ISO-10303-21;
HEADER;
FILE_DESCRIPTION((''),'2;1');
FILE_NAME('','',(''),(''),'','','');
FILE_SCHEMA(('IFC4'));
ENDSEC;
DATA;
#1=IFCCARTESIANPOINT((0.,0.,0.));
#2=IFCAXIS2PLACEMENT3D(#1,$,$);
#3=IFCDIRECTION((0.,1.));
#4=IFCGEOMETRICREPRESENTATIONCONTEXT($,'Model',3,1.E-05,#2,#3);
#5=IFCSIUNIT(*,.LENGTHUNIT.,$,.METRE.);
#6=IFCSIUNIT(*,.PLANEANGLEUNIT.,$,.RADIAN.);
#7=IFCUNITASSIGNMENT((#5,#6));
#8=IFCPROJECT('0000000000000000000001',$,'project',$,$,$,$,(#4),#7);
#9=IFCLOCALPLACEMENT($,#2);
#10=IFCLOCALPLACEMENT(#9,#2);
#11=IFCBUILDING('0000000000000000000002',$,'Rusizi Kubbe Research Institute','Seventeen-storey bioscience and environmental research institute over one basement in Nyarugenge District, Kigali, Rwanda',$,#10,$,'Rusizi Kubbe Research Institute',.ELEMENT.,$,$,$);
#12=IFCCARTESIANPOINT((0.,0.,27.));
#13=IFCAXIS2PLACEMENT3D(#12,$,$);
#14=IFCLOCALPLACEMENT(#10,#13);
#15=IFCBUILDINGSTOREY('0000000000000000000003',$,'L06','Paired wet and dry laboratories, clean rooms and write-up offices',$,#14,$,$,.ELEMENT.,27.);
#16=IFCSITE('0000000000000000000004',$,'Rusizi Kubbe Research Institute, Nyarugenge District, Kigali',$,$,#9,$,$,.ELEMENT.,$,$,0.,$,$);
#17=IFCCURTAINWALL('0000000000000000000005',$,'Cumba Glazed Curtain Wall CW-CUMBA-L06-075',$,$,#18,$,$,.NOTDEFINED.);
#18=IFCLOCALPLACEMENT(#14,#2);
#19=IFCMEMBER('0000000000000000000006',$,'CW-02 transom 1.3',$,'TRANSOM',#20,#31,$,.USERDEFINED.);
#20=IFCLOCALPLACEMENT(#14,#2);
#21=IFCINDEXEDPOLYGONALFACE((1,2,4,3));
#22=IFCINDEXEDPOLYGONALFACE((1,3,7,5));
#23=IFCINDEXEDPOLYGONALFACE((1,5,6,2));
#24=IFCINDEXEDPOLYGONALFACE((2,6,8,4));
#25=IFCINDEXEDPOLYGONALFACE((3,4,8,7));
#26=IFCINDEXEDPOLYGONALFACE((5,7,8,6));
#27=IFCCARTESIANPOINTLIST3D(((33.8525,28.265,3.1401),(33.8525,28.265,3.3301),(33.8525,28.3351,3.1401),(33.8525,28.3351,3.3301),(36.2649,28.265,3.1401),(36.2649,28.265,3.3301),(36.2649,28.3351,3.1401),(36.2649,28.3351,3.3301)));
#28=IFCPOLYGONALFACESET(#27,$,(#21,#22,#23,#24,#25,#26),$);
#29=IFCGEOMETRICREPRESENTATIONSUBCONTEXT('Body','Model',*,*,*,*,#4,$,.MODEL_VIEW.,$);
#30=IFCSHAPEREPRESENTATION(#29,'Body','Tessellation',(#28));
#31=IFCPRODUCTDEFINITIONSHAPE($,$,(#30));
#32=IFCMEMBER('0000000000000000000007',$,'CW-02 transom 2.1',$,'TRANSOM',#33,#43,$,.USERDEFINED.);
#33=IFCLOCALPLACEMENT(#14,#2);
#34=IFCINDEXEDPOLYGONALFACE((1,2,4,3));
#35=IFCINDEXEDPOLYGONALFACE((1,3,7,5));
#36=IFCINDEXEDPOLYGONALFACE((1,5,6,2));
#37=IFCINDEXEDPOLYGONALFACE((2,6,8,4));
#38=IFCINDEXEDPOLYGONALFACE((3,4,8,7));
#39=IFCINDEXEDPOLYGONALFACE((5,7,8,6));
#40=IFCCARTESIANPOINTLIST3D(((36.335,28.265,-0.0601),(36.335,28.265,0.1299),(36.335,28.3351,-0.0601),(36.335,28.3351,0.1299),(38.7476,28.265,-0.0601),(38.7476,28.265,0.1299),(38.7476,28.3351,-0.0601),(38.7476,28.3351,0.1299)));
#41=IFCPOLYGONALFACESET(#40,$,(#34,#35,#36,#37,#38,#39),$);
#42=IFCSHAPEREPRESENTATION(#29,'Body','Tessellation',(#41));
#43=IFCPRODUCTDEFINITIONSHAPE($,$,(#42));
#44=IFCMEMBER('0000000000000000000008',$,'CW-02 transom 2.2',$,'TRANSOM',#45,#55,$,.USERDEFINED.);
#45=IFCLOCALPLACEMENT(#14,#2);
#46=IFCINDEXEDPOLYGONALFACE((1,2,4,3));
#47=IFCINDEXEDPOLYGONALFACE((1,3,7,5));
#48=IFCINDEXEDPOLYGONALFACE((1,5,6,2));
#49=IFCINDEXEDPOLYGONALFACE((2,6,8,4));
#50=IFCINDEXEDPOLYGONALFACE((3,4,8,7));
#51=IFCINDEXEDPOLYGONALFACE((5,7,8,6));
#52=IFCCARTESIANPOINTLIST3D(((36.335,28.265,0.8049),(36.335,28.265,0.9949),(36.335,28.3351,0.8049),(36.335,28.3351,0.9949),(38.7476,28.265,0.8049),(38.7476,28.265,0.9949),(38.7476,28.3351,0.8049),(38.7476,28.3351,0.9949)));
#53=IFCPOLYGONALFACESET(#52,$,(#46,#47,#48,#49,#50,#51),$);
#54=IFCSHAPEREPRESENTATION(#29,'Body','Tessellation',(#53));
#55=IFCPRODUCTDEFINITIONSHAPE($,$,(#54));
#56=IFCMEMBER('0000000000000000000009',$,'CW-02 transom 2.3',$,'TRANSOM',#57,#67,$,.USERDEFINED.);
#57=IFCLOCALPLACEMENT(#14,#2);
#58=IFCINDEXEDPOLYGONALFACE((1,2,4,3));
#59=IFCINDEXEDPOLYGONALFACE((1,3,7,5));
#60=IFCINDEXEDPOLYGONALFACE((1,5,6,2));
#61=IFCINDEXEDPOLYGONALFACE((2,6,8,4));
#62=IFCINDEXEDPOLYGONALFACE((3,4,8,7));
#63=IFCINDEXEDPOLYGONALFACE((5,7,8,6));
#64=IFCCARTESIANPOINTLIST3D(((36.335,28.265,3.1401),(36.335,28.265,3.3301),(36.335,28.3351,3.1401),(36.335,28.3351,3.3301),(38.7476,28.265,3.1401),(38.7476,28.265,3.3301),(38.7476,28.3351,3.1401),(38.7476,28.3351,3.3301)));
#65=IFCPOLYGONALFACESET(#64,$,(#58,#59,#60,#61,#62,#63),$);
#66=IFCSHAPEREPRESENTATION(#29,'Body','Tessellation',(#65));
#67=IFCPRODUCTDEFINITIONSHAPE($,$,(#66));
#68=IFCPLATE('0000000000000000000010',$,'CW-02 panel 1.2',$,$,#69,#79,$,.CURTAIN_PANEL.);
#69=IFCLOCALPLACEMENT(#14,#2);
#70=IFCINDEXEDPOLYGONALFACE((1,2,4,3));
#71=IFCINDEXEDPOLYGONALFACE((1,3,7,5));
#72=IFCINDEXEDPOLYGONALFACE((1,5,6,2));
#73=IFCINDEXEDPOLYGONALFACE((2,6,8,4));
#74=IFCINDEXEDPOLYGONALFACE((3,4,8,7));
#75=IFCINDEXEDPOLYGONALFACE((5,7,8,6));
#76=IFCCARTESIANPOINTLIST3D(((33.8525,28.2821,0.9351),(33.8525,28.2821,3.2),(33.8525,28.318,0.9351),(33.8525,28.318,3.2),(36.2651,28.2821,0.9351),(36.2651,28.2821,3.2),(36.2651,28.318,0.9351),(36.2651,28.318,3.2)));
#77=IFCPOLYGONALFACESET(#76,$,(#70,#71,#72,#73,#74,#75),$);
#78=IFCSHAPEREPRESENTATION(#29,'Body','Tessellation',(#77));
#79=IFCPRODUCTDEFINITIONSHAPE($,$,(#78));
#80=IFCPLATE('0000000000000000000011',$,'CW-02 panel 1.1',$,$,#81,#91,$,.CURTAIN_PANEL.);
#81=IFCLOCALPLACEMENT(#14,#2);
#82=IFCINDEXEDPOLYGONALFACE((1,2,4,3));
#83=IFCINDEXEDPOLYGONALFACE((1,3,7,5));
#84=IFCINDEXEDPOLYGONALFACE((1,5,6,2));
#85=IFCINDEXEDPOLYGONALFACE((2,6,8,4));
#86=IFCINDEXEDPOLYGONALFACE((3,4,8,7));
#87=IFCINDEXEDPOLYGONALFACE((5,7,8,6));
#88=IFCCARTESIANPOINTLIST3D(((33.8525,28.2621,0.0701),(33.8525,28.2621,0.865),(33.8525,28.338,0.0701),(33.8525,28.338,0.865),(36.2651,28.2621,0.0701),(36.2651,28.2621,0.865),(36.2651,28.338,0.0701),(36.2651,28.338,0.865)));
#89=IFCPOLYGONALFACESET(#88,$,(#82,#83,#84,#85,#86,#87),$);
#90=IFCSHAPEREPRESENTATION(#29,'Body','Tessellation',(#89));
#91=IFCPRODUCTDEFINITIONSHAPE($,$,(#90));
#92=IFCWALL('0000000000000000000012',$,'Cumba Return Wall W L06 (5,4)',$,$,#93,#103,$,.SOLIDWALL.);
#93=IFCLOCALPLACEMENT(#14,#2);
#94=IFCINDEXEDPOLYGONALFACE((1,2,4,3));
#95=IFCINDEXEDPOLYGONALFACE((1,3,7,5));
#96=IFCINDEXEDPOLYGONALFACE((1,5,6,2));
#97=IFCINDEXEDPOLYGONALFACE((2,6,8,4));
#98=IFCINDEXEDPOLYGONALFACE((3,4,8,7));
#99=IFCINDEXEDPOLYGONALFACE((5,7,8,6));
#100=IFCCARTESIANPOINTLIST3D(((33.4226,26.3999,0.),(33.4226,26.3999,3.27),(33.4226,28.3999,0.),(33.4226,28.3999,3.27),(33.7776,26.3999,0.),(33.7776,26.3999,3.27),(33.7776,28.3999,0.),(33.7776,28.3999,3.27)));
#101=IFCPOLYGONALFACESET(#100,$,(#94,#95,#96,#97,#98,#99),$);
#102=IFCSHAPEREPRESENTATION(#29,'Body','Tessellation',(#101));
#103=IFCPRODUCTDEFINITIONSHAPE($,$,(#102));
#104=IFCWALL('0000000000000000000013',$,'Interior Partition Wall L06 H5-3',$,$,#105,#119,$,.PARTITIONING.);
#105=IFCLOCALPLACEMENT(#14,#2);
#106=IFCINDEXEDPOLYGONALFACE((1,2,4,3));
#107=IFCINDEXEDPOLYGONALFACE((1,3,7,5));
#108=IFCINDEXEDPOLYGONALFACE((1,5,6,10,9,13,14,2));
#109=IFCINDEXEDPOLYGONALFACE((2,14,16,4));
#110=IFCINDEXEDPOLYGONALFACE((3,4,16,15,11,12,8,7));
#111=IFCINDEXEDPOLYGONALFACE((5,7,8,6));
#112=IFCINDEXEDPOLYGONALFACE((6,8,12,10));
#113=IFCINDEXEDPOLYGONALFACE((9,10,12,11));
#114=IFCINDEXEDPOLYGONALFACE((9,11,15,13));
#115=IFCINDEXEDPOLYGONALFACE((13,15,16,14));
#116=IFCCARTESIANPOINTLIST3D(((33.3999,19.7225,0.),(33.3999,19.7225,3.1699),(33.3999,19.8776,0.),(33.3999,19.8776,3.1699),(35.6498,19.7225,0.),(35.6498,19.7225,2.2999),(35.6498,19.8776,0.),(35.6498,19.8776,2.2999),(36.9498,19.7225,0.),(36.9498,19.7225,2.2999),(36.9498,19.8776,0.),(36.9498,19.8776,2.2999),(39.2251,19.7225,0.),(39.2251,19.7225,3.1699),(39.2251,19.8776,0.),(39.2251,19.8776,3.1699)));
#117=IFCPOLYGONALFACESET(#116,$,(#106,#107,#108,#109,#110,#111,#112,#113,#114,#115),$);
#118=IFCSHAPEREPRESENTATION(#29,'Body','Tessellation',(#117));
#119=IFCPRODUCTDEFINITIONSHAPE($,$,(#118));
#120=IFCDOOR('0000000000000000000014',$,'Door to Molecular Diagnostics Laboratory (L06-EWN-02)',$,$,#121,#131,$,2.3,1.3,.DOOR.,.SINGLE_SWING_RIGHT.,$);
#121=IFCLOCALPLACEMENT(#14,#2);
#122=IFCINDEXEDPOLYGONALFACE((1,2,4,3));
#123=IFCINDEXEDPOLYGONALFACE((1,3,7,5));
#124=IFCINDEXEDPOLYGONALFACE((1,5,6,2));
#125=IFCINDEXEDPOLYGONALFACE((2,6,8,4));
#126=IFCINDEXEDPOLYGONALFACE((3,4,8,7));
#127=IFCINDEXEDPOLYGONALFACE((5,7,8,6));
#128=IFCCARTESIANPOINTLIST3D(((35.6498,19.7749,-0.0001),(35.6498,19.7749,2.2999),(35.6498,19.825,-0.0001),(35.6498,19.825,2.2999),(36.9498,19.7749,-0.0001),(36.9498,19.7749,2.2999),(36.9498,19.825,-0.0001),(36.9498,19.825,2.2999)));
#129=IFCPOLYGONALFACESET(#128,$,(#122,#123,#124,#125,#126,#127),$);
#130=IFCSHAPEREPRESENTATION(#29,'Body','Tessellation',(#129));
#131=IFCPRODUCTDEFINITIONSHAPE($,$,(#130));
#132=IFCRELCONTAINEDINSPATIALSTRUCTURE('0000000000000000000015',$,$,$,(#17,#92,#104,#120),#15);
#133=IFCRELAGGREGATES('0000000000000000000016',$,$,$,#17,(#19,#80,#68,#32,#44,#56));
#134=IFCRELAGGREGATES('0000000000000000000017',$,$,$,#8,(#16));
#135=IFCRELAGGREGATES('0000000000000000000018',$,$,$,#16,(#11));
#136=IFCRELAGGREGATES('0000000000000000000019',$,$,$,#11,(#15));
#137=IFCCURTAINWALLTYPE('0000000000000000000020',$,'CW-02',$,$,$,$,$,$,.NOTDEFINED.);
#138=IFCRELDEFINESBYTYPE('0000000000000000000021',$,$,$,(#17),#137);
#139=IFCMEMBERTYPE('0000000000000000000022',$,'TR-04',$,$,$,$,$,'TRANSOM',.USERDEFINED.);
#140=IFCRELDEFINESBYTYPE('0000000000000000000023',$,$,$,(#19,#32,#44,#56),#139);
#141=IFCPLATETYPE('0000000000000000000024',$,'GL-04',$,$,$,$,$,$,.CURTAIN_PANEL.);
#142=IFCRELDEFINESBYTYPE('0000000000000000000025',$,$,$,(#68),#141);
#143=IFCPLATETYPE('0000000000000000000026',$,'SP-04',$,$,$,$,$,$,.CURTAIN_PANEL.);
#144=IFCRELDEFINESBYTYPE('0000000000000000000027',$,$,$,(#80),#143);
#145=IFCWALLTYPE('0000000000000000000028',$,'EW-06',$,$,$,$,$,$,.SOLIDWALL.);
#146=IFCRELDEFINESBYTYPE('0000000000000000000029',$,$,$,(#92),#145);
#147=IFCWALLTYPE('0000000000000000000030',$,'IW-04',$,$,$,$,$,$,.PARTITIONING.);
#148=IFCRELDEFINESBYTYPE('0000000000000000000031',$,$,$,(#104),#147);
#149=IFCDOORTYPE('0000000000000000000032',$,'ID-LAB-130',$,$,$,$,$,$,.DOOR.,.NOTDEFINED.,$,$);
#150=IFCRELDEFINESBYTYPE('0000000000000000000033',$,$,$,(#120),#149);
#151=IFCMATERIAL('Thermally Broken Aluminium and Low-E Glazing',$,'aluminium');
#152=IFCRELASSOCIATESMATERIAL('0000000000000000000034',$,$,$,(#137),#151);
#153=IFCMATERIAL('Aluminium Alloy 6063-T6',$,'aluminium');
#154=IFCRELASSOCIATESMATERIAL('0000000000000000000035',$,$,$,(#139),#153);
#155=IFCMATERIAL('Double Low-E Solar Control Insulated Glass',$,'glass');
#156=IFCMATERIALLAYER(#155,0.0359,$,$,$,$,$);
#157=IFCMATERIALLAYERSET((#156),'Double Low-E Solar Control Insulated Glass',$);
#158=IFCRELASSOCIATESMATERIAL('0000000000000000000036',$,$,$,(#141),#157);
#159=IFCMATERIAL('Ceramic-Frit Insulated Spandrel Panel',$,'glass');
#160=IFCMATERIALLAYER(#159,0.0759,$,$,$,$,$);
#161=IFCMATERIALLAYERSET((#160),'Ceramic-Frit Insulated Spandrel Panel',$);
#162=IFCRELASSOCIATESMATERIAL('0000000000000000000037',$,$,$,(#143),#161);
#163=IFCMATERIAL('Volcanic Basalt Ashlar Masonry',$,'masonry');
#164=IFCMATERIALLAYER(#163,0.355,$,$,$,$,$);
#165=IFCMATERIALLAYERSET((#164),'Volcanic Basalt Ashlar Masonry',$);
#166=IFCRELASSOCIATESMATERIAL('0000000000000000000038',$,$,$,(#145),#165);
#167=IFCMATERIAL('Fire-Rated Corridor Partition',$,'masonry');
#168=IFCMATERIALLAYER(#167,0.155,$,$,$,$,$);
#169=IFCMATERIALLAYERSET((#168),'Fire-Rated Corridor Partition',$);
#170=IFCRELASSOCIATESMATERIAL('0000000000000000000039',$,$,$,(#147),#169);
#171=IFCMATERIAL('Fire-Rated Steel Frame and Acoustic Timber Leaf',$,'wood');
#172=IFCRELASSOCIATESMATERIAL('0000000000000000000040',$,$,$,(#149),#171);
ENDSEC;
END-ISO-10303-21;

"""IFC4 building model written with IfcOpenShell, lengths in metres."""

from ifc_helpers import new_model, si_unit, direction, frame, frame_2d, origin, origin_2d, place, context, subcontext, project, spatial, rectangle, extrude, material, layer, layer_set, material_profile, profile_set, type_object, element, fill, aggregate, save


model = new_model("IFC4")

# Units and contexts
model_context = context("Model", 3, precision=1e-05, world=origin(), true_north=direction((0.0, 1.0)))
body_context = subcontext(model_context, "Body", "Model", "MODEL_VIEW")
ifc_project = project(units=[si_unit("LENGTHUNIT", "METRE"), si_unit("PLANEANGLEUNIT", "RADIAN")], contexts=[model_context])

# Site, building, storey
site_placement = place(None, origin())
site = spatial("IfcSite", under=ifc_project, at=site_placement, Name="Rusizi Kubbe Research Institute, Nyarugenge District, Kigali", CompositionType="ELEMENT", RefElevation=0.0)
building_placement = place(site_placement, origin())
building = spatial("IfcBuilding", under=site, at=building_placement, Name="Rusizi Kubbe Research Institute", Description="Seventeen-storey bioscience and environmental research institute over one basement in Nyarugenge District, Kigali, Rwanda", LongName="Rusizi Kubbe Research Institute", CompositionType="ELEMENT")
storey_placement = place(building_placement, frame((0.0, 0.0, 27.0)))
storey = spatial("IfcBuildingStorey", under=building, at=storey_placement, Name="L06", Description="Paired wet and dry laboratories, clean rooms and write-up offices", CompositionType="ELEMENT", Elevation=27.0)

# Curtain wall, members, plates
ifc_material_1 = material(Name="Thermally Broken Aluminium and Low-E Glazing", Category="aluminium")
curtain_wall_type = type_object("IfcCurtainWallType", Name="CW-02", PredefinedType="NOTDEFINED", material=ifc_material_1)
curtain_wall_placement = place(storey_placement, origin())
curtain_wall = element("IfcCurtainWall", 1, at=curtain_wall_placement, inside=storey, type_object=curtain_wall_type, Name="Cumba Glazed Curtain Wall CW-CUMBA-L06-075", PredefinedType="NOTDEFINED")
ifc_material_2 = material(Name="Aluminium Alloy 6063-T6", Category="aluminium")
ifc_material_profile_1 = material_profile(ifc_material_2, rectangle(XDim=0.0701, YDim=0.1899, at=origin_2d()), Name="ALU-T 70x190")
ifc_profile_set_1 = profile_set([ifc_material_profile_1], Name="Aluminium Alloy 6063-T6")
member_type_1 = type_object("IfcMemberType", Name="TR-04", ElementType="TRANSOM", PredefinedType="USERDEFINED", material=ifc_profile_set_1)
member_1_placement = place(storey_placement, frame((33.8525, 28.3, 3.2351), z_axis=(1.0, 0.0, 0.0), x_axis=(0.0, 1.0, 0.0)))
member_1 = element("IfcMember", 2, at=member_1_placement, type_object=member_type_1, Name="CW-02 transom 1.3", ObjectType="TRANSOM", PredefinedType="USERDEFINED", context=body_context, shape_type="SweptSolid", body=[
    extrude(rectangle(XDim=0.0701, YDim=0.1899, at=origin_2d()), origin(), (0.0, 0.0, 1.0), 2.4124),
])
member_2_placement = place(storey_placement, frame((36.335, 28.3, 0.0349), z_axis=(1.0, 0.0, 0.0), x_axis=(0.0, 1.0, 0.0)))
member_2 = element("IfcMember", 3, at=member_2_placement, type_object=member_type_1, Name="CW-02 transom 2.1", ObjectType="TRANSOM", PredefinedType="USERDEFINED", context=body_context, shape_type="SweptSolid", body=[
    extrude(rectangle(XDim=0.0701, YDim=0.1899, at=origin_2d()), origin(), (0.0, 0.0, 1.0), 2.4126),
])
member_3_placement = place(storey_placement, frame((36.335, 28.3, 0.8999), z_axis=(1.0, 0.0, 0.0), x_axis=(0.0, 1.0, 0.0)))
member_3 = element("IfcMember", 4, at=member_3_placement, type_object=member_type_1, Name="CW-02 transom 2.2", ObjectType="TRANSOM", PredefinedType="USERDEFINED", context=body_context, shape_type="SweptSolid", body=[
    extrude(rectangle(XDim=0.0701, YDim=0.1899, at=origin_2d()), origin(), (0.0, 0.0, 1.0), 2.4126),
])
member_4_placement = place(storey_placement, frame((36.335, 28.3, 3.2351), z_axis=(1.0, 0.0, 0.0), x_axis=(0.0, 1.0, 0.0)))
member_4 = element("IfcMember", 5, at=member_4_placement, type_object=member_type_1, Name="CW-02 transom 2.3", ObjectType="TRANSOM", PredefinedType="USERDEFINED", context=body_context, shape_type="SweptSolid", body=[
    extrude(rectangle(XDim=0.0701, YDim=0.1899, at=origin_2d()), origin(), (0.0, 0.0, 1.0), 2.4126),
])
ifc_material_3 = material(Name="Double Low-E Solar Control Insulated Glass", Category="glass")
ifc_layer_1 = layer(ifc_material_3, 0.0359)
ifc_layer_set_1 = layer_set([ifc_layer_1], Name="Double Low-E Solar Control Insulated Glass")
plate_type_1 = type_object("IfcPlateType", Name="GL-04", PredefinedType="CURTAIN_PANEL", material=ifc_layer_set_1)
plate_1_placement = place(storey_placement, frame((35.0588, 28.3, 0.9351), z_axis=(0.0, 0.0, 1.0), x_axis=(1.0, 0.0, 0.0)))
plate_1 = element("IfcPlate", 6, at=plate_1_placement, type_object=plate_type_1, Name="CW-02 panel 1.2", PredefinedType="CURTAIN_PANEL", context=body_context, shape_type="SweptSolid", body=[
    extrude(rectangle(XDim=2.4126, YDim=0.0359, at=origin_2d()), origin(), (0.0, 0.0, 1.0), 2.2649),
])
ifc_material_4 = material(Name="Ceramic-Frit Insulated Spandrel Panel", Category="glass")
ifc_layer_2 = layer(ifc_material_4, 0.0759)
ifc_layer_set_2 = layer_set([ifc_layer_2], Name="Ceramic-Frit Insulated Spandrel Panel")
plate_type_2 = type_object("IfcPlateType", Name="SP-04", PredefinedType="CURTAIN_PANEL", material=ifc_layer_set_2)
plate_2_placement = place(storey_placement, frame((35.0588, 28.3, 0.0701), z_axis=(0.0, 0.0, 1.0), x_axis=(1.0, 0.0, 0.0)))
plate_2 = element("IfcPlate", 7, at=plate_2_placement, type_object=plate_type_2, Name="CW-02 panel 1.1", PredefinedType="CURTAIN_PANEL", context=body_context, shape_type="SweptSolid", body=[
    extrude(rectangle(XDim=2.4126, YDim=0.0759, at=origin_2d()), origin(), (0.0, 0.0, 1.0), 0.7949),
])
aggregate(curtain_wall, [member_1, plate_2, plate_1, member_2, member_3, member_4])

# Wall
ifc_material_5 = material(Name="Volcanic Basalt Ashlar Masonry", Category="masonry")
ifc_layer_3 = layer(ifc_material_5, 0.355)
ifc_layer_set_3 = layer_set([ifc_layer_3], Name="Volcanic Basalt Ashlar Masonry")
wall_type_1 = type_object("IfcWallType", Name="EW-06", PredefinedType="SOLIDWALL", material=ifc_layer_set_3)
wall_1_placement = place(storey_placement, frame((33.6001, 26.3999, 0.0), z_axis=(0.0, 0.0, 1.0), x_axis=(0.0, 1.0, 0.0)))
element("IfcWall", 8, at=wall_1_placement, inside=storey, type_object=wall_type_1, Name="Cumba Return Wall W L06 (5,4)", PredefinedType="SOLIDWALL", context=body_context, shape_type="SweptSolid", body=[
    extrude(rectangle(XDim=2.0, YDim=0.355, at=frame_2d((1.0, 0.0))), origin(), (0.0, 0.0, 1.0), 3.27),
])

# Wall, opening, door
ifc_material_6 = material(Name="Fire-Rated Corridor Partition", Category="masonry")
ifc_layer_4 = layer(ifc_material_6, 0.155)
ifc_layer_set_4 = layer_set([ifc_layer_4], Name="Fire-Rated Corridor Partition")
wall_type_2 = type_object("IfcWallType", Name="IW-04", PredefinedType="PARTITIONING", material=ifc_layer_set_4)
wall_2_placement = place(storey_placement, frame((33.3999, 19.8, 0.0), z_axis=(0.0, 0.0, 1.0), x_axis=(1.0, 0.0, 0.0)))
wall_2 = element("IfcWall", 9, at=wall_2_placement, inside=storey, type_object=wall_type_2, Name="Interior Partition Wall L06 H5-3", PredefinedType="PARTITIONING", context=body_context, shape_type="SweptSolid", body=[
    extrude(rectangle(XDim=5.8252, YDim=0.155, at=frame_2d((2.9126, 0.0))), origin(), (0.0, 0.0, 1.0), 3.1699),
])
opening_placement = place(wall_2_placement, frame((2.25, 0.0, 0.0)))
opening = element("IfcOpeningElement", 10, at=opening_placement, cuts=wall_2, PredefinedType="OPENING", context=body_context, shape_type="SweptSolid", body=[
    extrude(rectangle(XDim=1.3, YDim=2.3, at=frame_2d((0.6499, 1.1499))), frame((0.0, 0.0874, 0.0), z_axis=(0.0, -1.0, 0.0), x_axis=(1.0, 0.0, 0.0)), (0.0, 0.0, 1.0), 0.175),
])
ifc_material_7 = material(Name="Fire-Rated Steel Frame and Acoustic Timber Leaf", Category="wood")
door_type = type_object("IfcDoorType", Name="ID-LAB-130", OperationType="NOTDEFINED", PredefinedType="DOOR", material=ifc_material_7)
door_placement = place(opening_placement, origin())
door = element("IfcDoor", 11, at=door_placement, inside=storey, type_object=door_type, Name="Door to Molecular Diagnostics Laboratory (L06-EWN-02)", OperationType="SINGLE_SWING_RIGHT", OverallHeight=2.3, OverallWidth=1.3, PredefinedType="DOOR", context=body_context, shape_type="SweptSolid", body=[
    extrude(rectangle(XDim=1.3, YDim=2.3, at=frame_2d((0.6499, 1.1499))), frame((0.0, 0.0249, 0.0), z_axis=(0.0, -1.0, 0.0), x_axis=(1.0, 0.0, 0.0)), (0.0, 0.0, 1.0), 0.05),
])
fill(opening, door)

save(model, "model.ifc")
